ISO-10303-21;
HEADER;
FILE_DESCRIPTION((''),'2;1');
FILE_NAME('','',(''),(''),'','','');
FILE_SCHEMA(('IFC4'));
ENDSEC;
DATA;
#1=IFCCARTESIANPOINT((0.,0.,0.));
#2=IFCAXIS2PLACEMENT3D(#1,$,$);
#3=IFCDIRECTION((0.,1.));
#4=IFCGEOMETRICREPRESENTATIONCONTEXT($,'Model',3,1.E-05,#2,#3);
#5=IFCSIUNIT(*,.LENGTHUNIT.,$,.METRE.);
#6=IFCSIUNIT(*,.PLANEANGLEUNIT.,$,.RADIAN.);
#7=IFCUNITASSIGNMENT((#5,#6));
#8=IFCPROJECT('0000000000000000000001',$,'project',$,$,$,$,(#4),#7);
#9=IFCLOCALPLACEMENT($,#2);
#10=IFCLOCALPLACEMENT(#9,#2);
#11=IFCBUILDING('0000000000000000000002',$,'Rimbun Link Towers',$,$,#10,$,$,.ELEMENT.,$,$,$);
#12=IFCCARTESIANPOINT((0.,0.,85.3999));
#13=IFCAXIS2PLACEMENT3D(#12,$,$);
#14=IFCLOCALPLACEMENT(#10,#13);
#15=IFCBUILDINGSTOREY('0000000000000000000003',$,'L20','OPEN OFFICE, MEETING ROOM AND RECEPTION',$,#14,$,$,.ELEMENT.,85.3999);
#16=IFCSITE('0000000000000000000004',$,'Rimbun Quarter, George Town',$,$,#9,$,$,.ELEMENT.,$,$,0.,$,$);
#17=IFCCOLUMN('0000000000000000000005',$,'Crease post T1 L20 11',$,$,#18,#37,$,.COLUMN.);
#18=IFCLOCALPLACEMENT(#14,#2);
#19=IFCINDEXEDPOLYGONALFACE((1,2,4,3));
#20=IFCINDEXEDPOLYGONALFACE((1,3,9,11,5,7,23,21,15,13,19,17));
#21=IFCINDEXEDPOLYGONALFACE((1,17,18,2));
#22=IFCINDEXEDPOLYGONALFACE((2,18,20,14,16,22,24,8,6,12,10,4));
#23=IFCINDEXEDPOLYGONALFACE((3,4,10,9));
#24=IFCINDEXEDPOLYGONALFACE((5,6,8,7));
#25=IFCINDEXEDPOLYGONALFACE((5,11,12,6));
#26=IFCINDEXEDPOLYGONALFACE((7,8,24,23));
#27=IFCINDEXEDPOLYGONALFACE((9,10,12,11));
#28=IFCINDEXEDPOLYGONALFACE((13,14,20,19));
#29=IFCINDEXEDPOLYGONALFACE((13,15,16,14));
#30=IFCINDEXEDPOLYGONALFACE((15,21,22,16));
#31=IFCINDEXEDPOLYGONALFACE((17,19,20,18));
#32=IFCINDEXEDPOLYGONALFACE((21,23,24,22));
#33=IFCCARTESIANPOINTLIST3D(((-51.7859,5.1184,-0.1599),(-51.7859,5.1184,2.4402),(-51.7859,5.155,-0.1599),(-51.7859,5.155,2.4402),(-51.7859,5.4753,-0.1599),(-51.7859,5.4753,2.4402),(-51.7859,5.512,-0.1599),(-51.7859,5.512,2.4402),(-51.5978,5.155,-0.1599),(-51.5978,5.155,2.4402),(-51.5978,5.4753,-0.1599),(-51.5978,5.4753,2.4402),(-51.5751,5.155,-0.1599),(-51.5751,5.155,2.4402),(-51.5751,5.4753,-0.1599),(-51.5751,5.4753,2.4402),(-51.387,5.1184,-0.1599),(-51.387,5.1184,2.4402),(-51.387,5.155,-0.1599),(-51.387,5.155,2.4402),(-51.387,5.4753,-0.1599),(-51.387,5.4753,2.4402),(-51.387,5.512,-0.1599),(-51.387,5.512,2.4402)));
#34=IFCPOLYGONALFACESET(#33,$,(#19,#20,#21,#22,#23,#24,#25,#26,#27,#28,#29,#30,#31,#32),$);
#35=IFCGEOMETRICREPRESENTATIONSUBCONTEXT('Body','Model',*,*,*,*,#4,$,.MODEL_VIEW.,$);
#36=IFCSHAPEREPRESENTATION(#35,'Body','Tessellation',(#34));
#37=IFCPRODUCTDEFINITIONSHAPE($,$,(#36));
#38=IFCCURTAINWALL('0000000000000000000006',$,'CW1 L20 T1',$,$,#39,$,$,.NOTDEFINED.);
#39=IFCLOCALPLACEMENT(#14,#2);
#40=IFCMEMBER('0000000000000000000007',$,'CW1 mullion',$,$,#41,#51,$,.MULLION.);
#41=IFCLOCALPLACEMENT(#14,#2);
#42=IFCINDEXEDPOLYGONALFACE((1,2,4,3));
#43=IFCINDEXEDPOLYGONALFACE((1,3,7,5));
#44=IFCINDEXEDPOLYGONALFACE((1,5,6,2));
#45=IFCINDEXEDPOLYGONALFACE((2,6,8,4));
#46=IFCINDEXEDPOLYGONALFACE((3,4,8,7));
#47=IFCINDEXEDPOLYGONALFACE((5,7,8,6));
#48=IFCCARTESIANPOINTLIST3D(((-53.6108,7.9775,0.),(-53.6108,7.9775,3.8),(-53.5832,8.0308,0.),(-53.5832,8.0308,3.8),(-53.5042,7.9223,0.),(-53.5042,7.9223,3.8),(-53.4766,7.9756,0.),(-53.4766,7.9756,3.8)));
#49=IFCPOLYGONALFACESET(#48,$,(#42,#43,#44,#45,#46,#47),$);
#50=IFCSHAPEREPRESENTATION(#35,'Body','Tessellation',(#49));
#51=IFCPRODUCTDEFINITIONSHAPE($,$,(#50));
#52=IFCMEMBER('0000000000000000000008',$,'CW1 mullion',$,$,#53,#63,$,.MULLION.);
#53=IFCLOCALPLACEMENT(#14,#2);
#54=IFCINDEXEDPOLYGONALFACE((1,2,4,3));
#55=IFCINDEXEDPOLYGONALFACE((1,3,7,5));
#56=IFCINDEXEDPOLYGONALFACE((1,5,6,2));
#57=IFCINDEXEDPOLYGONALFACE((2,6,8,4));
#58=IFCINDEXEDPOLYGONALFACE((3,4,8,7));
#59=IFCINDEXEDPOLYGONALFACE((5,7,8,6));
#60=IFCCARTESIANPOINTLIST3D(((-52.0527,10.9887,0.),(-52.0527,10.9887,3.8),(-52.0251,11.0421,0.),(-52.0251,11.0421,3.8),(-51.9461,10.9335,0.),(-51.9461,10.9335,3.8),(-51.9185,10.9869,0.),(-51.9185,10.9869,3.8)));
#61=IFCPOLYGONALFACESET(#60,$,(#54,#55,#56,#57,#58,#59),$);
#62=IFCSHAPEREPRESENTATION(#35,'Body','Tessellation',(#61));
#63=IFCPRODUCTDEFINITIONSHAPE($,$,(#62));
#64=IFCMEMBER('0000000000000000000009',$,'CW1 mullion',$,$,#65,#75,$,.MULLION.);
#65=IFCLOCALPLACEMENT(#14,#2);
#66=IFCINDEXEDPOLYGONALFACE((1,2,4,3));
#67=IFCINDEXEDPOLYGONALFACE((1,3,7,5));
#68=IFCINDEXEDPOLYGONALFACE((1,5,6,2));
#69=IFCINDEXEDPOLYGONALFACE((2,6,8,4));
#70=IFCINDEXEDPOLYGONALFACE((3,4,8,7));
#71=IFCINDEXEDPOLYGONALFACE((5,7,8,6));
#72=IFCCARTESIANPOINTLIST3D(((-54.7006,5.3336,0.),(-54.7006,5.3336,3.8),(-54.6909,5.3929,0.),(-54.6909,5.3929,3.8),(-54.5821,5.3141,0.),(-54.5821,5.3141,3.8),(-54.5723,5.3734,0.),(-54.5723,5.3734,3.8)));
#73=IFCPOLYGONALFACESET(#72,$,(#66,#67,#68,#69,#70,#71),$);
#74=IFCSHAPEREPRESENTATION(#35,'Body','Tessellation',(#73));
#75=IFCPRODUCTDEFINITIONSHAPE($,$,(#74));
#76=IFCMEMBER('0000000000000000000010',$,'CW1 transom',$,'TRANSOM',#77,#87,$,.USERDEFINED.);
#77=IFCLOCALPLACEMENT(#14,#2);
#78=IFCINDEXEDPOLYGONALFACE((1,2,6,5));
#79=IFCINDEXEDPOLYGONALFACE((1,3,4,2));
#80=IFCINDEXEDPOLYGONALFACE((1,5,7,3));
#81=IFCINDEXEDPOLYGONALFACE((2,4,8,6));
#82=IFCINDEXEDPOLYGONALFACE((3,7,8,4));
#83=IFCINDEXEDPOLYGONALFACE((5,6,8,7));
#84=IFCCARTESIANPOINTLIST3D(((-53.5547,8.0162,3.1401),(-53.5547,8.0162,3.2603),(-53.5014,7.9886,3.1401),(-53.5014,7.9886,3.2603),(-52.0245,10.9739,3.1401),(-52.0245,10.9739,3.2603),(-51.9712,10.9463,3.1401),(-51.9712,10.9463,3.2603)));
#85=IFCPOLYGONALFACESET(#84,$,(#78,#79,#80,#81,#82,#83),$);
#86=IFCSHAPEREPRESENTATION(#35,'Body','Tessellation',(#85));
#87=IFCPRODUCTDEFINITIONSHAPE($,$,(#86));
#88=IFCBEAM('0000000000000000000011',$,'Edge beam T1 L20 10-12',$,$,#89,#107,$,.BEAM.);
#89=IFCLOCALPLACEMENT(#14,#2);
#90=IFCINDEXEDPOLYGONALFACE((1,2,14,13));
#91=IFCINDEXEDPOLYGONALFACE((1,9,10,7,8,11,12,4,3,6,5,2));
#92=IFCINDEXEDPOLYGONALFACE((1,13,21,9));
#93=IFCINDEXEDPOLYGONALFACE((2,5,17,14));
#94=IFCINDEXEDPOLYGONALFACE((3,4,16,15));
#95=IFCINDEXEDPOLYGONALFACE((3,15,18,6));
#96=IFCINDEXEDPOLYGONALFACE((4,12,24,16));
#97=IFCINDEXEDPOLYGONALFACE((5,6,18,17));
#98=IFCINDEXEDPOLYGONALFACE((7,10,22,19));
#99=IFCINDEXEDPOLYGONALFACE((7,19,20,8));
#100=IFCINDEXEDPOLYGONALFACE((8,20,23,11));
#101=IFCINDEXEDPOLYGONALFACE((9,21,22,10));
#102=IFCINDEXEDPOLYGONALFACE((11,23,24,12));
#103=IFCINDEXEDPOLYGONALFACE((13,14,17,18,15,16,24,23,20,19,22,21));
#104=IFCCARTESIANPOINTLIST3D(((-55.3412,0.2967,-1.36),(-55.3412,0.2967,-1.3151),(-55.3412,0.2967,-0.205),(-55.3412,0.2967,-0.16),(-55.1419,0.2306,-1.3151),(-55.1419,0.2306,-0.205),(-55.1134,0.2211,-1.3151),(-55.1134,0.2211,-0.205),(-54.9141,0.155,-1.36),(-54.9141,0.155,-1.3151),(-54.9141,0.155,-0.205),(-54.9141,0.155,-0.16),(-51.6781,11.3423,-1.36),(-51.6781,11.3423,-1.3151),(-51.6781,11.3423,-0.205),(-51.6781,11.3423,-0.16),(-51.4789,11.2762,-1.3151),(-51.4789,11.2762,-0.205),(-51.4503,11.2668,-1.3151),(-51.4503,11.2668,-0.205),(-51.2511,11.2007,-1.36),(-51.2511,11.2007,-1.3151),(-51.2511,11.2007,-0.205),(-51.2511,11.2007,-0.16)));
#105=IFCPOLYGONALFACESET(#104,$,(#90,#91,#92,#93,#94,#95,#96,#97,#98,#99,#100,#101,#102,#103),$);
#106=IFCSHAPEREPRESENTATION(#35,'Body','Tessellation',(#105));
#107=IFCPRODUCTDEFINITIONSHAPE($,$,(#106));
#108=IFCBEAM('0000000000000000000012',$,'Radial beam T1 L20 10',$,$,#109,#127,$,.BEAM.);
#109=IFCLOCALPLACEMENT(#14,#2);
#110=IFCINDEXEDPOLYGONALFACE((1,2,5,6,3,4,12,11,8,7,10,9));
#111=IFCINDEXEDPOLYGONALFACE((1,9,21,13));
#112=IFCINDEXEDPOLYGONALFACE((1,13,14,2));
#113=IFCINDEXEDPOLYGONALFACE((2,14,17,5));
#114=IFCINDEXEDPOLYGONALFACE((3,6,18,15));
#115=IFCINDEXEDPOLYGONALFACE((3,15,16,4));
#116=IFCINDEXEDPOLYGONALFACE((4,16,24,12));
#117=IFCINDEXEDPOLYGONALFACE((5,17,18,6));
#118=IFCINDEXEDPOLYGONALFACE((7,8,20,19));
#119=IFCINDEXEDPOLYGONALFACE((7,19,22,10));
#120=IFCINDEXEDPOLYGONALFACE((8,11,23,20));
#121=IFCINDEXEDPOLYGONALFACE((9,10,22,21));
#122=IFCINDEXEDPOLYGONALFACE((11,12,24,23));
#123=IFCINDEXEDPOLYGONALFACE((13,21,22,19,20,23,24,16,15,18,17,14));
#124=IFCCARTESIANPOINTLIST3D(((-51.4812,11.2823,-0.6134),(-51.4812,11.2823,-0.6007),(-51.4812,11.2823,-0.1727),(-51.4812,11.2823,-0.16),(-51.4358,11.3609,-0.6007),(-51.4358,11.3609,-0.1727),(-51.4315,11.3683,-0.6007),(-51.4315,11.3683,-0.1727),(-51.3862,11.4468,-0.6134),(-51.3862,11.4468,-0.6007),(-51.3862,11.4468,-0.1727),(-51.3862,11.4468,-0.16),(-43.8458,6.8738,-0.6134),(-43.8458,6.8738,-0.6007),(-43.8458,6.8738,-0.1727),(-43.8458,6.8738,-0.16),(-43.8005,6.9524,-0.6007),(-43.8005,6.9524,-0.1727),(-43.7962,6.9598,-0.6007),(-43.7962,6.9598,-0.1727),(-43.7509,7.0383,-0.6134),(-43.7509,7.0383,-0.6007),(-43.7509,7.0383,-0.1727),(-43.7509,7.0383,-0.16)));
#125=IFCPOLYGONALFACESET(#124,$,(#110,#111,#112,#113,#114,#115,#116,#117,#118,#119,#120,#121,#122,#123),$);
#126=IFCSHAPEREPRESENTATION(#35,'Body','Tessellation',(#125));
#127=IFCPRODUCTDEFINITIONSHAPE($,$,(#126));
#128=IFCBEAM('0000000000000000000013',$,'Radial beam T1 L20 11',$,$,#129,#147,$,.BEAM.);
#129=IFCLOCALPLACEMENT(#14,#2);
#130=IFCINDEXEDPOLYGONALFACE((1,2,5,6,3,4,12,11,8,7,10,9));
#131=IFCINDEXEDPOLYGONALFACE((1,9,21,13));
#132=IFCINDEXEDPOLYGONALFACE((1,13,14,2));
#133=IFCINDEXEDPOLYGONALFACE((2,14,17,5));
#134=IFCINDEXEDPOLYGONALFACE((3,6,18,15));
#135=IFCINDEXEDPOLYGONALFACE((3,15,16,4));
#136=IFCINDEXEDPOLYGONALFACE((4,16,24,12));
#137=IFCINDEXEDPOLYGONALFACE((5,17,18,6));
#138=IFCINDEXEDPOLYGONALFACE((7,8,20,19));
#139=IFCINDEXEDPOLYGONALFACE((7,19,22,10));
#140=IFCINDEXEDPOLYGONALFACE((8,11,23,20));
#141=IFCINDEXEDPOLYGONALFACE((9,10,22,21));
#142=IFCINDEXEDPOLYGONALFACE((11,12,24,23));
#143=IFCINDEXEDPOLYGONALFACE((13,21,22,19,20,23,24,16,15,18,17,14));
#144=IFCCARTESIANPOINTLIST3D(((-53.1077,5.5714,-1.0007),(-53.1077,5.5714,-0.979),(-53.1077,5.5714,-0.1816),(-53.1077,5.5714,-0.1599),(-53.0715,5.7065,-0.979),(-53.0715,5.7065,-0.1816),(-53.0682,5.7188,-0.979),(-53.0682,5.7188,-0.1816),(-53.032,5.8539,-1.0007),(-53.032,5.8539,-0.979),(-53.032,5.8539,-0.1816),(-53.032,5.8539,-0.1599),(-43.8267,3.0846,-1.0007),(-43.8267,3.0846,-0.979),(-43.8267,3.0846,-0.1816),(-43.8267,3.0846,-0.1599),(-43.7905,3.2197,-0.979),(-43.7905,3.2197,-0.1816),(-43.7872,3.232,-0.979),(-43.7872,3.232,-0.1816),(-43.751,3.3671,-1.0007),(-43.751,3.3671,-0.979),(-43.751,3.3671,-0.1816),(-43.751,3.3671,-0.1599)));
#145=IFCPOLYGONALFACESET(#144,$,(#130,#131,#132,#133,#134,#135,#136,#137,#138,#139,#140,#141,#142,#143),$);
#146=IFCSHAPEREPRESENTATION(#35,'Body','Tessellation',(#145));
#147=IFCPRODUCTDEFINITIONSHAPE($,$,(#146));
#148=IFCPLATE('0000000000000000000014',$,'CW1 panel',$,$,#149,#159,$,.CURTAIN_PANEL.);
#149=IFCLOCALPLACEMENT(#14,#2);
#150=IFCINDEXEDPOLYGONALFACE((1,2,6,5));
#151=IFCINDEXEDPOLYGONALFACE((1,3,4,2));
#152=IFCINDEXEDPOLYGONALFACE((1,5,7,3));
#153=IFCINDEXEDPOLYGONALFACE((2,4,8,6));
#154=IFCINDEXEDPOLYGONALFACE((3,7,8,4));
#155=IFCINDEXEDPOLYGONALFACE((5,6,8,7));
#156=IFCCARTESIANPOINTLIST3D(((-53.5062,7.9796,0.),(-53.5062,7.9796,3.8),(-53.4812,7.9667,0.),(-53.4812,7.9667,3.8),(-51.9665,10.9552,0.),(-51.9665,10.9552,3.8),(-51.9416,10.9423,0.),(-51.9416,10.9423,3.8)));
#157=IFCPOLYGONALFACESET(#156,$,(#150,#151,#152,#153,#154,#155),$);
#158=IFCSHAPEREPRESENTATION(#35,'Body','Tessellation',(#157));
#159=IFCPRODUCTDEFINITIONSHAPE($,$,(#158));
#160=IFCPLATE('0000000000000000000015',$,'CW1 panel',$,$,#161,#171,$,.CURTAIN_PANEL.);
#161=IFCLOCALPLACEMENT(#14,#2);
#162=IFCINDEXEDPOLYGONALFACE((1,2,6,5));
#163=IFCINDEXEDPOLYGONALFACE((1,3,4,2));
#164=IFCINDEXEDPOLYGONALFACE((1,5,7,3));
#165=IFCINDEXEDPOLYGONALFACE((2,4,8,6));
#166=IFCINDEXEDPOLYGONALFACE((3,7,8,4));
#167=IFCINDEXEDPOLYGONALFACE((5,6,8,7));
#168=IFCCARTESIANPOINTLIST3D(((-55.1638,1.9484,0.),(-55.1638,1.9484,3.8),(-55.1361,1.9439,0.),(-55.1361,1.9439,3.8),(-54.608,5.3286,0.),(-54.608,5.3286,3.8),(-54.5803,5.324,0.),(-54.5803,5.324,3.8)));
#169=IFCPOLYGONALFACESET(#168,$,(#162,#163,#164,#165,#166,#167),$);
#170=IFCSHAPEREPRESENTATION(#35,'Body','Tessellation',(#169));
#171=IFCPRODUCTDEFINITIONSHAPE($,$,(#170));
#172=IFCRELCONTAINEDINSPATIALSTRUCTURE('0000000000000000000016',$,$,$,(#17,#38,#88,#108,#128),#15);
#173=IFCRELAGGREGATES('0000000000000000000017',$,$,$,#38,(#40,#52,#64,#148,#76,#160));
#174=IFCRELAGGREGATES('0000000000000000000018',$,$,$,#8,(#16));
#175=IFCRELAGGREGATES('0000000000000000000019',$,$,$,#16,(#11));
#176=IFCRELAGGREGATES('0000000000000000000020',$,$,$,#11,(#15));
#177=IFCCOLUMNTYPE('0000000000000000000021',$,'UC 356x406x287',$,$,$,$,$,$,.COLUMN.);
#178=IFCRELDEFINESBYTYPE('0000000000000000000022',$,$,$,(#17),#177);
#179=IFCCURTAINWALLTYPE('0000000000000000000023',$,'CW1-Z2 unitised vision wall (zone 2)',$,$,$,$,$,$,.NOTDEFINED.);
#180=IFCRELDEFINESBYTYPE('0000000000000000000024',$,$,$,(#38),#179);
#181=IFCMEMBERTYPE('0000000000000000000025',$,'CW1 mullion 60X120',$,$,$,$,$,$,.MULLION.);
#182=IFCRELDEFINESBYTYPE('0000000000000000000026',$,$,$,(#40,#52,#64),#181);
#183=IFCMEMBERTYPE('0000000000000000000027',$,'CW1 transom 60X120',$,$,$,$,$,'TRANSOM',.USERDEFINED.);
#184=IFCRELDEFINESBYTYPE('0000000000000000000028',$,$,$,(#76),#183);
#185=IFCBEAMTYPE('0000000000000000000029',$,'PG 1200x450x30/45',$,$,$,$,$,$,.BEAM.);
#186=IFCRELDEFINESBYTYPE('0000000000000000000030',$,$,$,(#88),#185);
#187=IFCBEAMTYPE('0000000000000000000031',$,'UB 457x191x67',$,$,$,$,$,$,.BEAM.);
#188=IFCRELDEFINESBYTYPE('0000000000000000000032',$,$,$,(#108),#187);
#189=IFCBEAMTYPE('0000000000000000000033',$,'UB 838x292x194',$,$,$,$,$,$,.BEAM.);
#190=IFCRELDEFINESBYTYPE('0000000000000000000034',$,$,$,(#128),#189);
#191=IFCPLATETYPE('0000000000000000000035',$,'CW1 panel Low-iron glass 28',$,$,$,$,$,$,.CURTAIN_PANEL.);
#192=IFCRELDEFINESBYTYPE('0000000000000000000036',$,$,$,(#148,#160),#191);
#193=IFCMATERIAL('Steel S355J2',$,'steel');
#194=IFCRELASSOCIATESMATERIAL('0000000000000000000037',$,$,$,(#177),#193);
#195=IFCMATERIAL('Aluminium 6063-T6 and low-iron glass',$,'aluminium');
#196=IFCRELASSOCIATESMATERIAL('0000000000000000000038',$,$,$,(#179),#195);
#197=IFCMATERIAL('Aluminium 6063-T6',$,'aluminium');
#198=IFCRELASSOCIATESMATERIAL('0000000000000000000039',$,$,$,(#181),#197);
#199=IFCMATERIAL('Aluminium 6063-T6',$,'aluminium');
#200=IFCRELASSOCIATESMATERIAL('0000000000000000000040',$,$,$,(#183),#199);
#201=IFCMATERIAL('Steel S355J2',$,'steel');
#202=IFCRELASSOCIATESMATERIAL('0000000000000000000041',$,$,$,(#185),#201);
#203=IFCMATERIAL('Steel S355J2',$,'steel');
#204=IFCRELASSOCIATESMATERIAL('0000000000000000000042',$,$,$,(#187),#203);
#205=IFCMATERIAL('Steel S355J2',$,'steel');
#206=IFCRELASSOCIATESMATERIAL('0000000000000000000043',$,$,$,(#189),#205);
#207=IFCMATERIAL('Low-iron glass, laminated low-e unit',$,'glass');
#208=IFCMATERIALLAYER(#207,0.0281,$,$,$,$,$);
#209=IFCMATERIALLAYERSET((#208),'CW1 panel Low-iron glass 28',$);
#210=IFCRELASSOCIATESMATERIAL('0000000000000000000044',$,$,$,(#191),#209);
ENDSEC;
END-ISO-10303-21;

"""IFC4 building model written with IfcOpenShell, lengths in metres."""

from ifc_helpers import new_model, si_unit, direction, frame, origin, origin_2d, place, context, subcontext, project, spatial, rectangle, i_section, extrude, material, layer, layer_set, material_profile, profile_set, type_object, element, aggregate, save


model = new_model("IFC4")

# Units and contexts
model_context = context("Model", 3, precision=1e-05, world=origin(), true_north=direction((0.0, 1.0)))
body_context = subcontext(model_context, "Body", "Model", "MODEL_VIEW")
ifc_project = project(units=[si_unit("LENGTHUNIT", "METRE"), si_unit("PLANEANGLEUNIT", "RADIAN")], contexts=[model_context])

# Site, building, storey
site_placement = place(None, origin())
site = spatial("IfcSite", under=ifc_project, at=site_placement, Name="Rimbun Quarter, George Town", CompositionType="ELEMENT", RefElevation=0.0)
building_placement = place(site_placement, origin())
building = spatial("IfcBuilding", under=site, at=building_placement, Name="Rimbun Link Towers", CompositionType="ELEMENT")
storey_placement = place(building_placement, frame((0.0, 0.0, 85.3999)))
storey = spatial("IfcBuildingStorey", under=building, at=storey_placement, Name="L20", Description="OPEN OFFICE, MEETING ROOM AND RECEPTION", CompositionType="ELEMENT", Elevation=85.3999)

# Column
ifc_material_1 = material(Name="Steel S355J2", Category="steel")
ifc_material_profile_1 = material_profile(ifc_material_1, i_section(OverallWidth=0.3989, OverallDepth=0.3936, WebThickness=0.0227, FlangeThickness=0.0366, at=origin_2d()), Name="UC 356x406x287")
ifc_profile_set_1 = profile_set([ifc_material_profile_1], Name="Steel S355J2")
column_type = type_object("IfcColumnType", Name="UC 356x406x287", PredefinedType="COLUMN", material=ifc_profile_set_1)
column_placement = place(storey_placement, frame((-51.5864, 5.3152, -0.1599), z_axis=(0.0, 0.0, 1.0), x_axis=(1.0, 0.0, 0.0)))
element("IfcColumn", 1, at=column_placement, inside=storey, type_object=column_type, Name="Crease post T1 L20 11", PredefinedType="COLUMN", context=body_context, shape_type="SweptSolid", body=[
    extrude(i_section(OverallWidth=0.3989, OverallDepth=0.3936, WebThickness=0.0227, FlangeThickness=0.0366, at=origin_2d()), origin(), (0.0, 0.0, 1.0), 2.6001),
])

# Curtain wall, members
ifc_material_2 = material(Name="Aluminium 6063-T6 and low-iron glass", Category="aluminium")
curtain_wall_type = type_object("IfcCurtainWallType", Name="CW1-Z2 unitised vision wall (zone 2)", PredefinedType="NOTDEFINED", material=ifc_material_2)
curtain_wall_placement = place(storey_placement, origin())
curtain_wall = element("IfcCurtainWall", 2, at=curtain_wall_placement, inside=storey, type_object=curtain_wall_type, Name="CW1 L20 T1", PredefinedType="NOTDEFINED")
ifc_material_3 = material(Name="Aluminium 6063-T6", Category="aluminium")
ifc_material_profile_2 = material_profile(ifc_material_3, rectangle(XDim=0.1201, YDim=0.0601, at=origin_2d()), Name="MULLION 60X120")
ifc_profile_set_2 = profile_set([ifc_material_profile_2], Name="Aluminium 6063-T6")
member_type_1 = type_object("IfcMemberType", Name="CW1 mullion 60X120", PredefinedType="MULLION", material=ifc_profile_set_2)
member_1_placement = place(storey_placement, frame((-53.5437, 7.9766, 0.0), z_axis=(0.0, 0.0, 1.0), x_axis=(-0.888155, 0.459544, 0.0)))
member_1 = element("IfcMember", 3, at=member_1_placement, type_object=member_type_1, Name="CW1 mullion", PredefinedType="MULLION", context=body_context, shape_type="SweptSolid", body=[
    extrude(rectangle(XDim=0.1201, YDim=0.0601, at=origin_2d()), origin(), (0.0, 0.0, 1.0), 3.8),
])
member_2_placement = place(storey_placement, frame((-51.9856, 10.9878, 0.0), z_axis=(0.0, 0.0, 1.0), x_axis=(-0.888155, 0.459544, 0.0)))
member_2 = element("IfcMember", 4, at=member_2_placement, type_object=member_type_1, Name="CW1 mullion", PredefinedType="MULLION", context=body_context, shape_type="SweptSolid", body=[
    extrude(rectangle(XDim=0.1201, YDim=0.0601, at=origin_2d()), origin(), (0.0, 0.0, 1.0), 3.8),
])
member_3_placement = place(storey_placement, frame((-54.6365, 5.3535, 0.0), z_axis=(0.0, 0.0, 1.0), x_axis=(-0.986749, 0.162255, 0.0)))
member_3 = element("IfcMember", 5, at=member_3_placement, type_object=member_type_1, Name="CW1 mullion", PredefinedType="MULLION", context=body_context, shape_type="SweptSolid", body=[
    extrude(rectangle(XDim=0.1201, YDim=0.0601, at=origin_2d()), origin(), (0.0, 0.0, 1.0), 3.8),
])
ifc_material_4 = material(Name="Aluminium 6063-T6", Category="aluminium")
ifc_material_profile_3 = material_profile(ifc_material_4, rectangle(XDim=0.0601, YDim=0.1201, at=origin_2d()), Name="TRANSOM 60X120")
ifc_profile_set_3 = profile_set([ifc_material_profile_3], Name="Aluminium 6063-T6")
member_type_2 = type_object("IfcMemberType", Name="CW1 transom 60X120", ElementType="TRANSOM", PredefinedType="USERDEFINED", material=ifc_profile_set_3)
member_4_placement = place(storey_placement, frame((-53.5281, 8.0024, 3.2002), z_axis=(0.459517, 0.888169, 0.0), x_axis=(-0.888169, 0.459517, 0.0)))
member_4 = element("IfcMember", 6, at=member_4_placement, type_object=member_type_2, Name="CW1 transom", ObjectType="TRANSOM", PredefinedType="USERDEFINED", context=body_context, shape_type="SweptSolid", body=[
    extrude(rectangle(XDim=0.0601, YDim=0.1201, at=origin_2d()), origin(), (0.0, 0.0, 1.0), 3.3301),
])

# Beams
ifc_material_5 = material(Name="Steel S355J2", Category="steel")
ifc_material_profile_4 = material_profile(ifc_material_5, i_section(OverallWidth=0.45, OverallDepth=1.2, WebThickness=0.03, FlangeThickness=0.0449, at=origin_2d()), Name="PG 1200x450x30/45")
ifc_profile_set_4 = profile_set([ifc_material_profile_4], Name="Steel S355J2")
beam_type_1 = type_object("IfcBeamType", Name="PG 1200x450x30/45", PredefinedType="BEAM", material=ifc_profile_set_4)
beam_1_placement = place(storey_placement, frame((-51.4646, 11.2715, -0.76), z_axis=(-0.314774, -0.949167, 0.0), x_axis=(0.949167, -0.314774, 0.0)))
element("IfcBeam", 7, at=beam_1_placement, inside=storey, type_object=beam_type_1, Name="Edge beam T1 L20 10-12", PredefinedType="BEAM", context=body_context, shape_type="SweptSolid", body=[
    extrude(i_section(OverallWidth=0.45, OverallDepth=1.2, WebThickness=0.03, FlangeThickness=0.0449, at=origin_2d()), origin(), (0.0, 0.0, 1.0), 11.6372),
])
ifc_material_6 = material(Name="Steel S355J2", Category="steel")
ifc_material_profile_5 = material_profile(ifc_material_6, i_section(OverallWidth=0.1899, OverallDepth=0.4534, WebThickness=0.0085, FlangeThickness=0.0127, at=origin_2d()), Name="UB 457x191x67")
ifc_profile_set_5 = profile_set([ifc_material_profile_5], Name="Steel S355J2")
beam_type_2 = type_object("IfcBeamType", Name="UB 457x191x67", PredefinedType="BEAM", material=ifc_profile_set_5)
beam_2_placement = place(storey_placement, frame((-43.7983, 6.9561, -0.3867), z_axis=(-0.866014, 0.50002, 0.0), x_axis=(-0.50002, -0.866014, 0.0)))
element("IfcBeam", 8, at=beam_2_placement, inside=storey, type_object=beam_type_2, Name="Radial beam T1 L20 10", PredefinedType="BEAM", context=body_context, shape_type="SweptSolid", body=[
    extrude(i_section(OverallWidth=0.1899, OverallDepth=0.4534, WebThickness=0.0085, FlangeThickness=0.0127, at=origin_2d()), origin(), (0.0, 0.0, 1.0), 8.8167),
])
ifc_material_7 = material(Name="Steel S355J2", Category="steel")
ifc_material_profile_6 = material_profile(ifc_material_7, i_section(OverallWidth=0.2925, OverallDepth=0.8408, WebThickness=0.0127, FlangeThickness=0.0217, at=origin_2d()), Name="UB 838x292x194")
ifc_profile_set_6 = profile_set([ifc_material_profile_6], Name="Steel S355J2")
beam_type_3 = type_object("IfcBeamType", Name="UB 838x292x194", PredefinedType="BEAM", material=ifc_profile_set_6)
beam_3_placement = place(storey_placement, frame((-43.7888, 3.2258, -0.5803), z_axis=(-0.965926, 0.258817, 0.0), x_axis=(-0.258817, -0.965926, 0.0)))
element("IfcBeam", 9, at=beam_3_placement, inside=storey, type_object=beam_type_3, Name="Radial beam T1 L20 11", PredefinedType="BEAM", context=body_context, shape_type="SweptSolid", body=[
    extrude(i_section(OverallWidth=0.2925, OverallDepth=0.8408, WebThickness=0.0127, FlangeThickness=0.0217, at=origin_2d()), origin(), (0.0, 0.0, 1.0), 9.6084),
])

# Plates
ifc_material_8 = material(Name="Low-iron glass, laminated low-e unit", Category="glass")
ifc_layer_1 = layer(ifc_material_8, 0.0281)
ifc_layer_set_1 = layer_set([ifc_layer_1], Name="CW1 panel Low-iron glass 28")
plate_type = type_object("IfcPlateType", Name="CW1 panel Low-iron glass 28", PredefinedType="CURTAIN_PANEL", material=ifc_layer_set_1)
plate_1_placement = place(storey_placement, frame((-52.7239, 9.4609, 0.0), z_axis=(0.0, 0.0, 1.0), x_axis=(0.459544, 0.888155, 0.0)))
plate_1 = element("IfcPlate", 10, at=plate_1_placement, type_object=plate_type, Name="CW1 panel", PredefinedType="CURTAIN_PANEL", context=body_context, shape_type="SweptSolid", body=[
    extrude(rectangle(XDim=3.3503, YDim=0.0281, at=origin_2d()), origin(), (0.0, 0.0, 1.0), 3.8),
])
plate_2_placement = place(storey_placement, frame((-54.8721, 3.6362, 0.0), z_axis=(0.0, 0.0, 1.0), x_axis=(0.162255, 0.986749, 0.0)))
plate_2 = element("IfcPlate", 11, at=plate_2_placement, type_object=plate_type, Name="CW1 panel", PredefinedType="CURTAIN_PANEL", context=body_context, shape_type="SweptSolid", body=[
    extrude(rectangle(XDim=3.4255, YDim=0.0281, at=origin_2d()), origin(), (0.0, 0.0, 1.0), 3.8),
])
aggregate(curtain_wall, [member_1, member_2, member_3, plate_1, member_4, plate_2])

save(model, "model.ifc")
